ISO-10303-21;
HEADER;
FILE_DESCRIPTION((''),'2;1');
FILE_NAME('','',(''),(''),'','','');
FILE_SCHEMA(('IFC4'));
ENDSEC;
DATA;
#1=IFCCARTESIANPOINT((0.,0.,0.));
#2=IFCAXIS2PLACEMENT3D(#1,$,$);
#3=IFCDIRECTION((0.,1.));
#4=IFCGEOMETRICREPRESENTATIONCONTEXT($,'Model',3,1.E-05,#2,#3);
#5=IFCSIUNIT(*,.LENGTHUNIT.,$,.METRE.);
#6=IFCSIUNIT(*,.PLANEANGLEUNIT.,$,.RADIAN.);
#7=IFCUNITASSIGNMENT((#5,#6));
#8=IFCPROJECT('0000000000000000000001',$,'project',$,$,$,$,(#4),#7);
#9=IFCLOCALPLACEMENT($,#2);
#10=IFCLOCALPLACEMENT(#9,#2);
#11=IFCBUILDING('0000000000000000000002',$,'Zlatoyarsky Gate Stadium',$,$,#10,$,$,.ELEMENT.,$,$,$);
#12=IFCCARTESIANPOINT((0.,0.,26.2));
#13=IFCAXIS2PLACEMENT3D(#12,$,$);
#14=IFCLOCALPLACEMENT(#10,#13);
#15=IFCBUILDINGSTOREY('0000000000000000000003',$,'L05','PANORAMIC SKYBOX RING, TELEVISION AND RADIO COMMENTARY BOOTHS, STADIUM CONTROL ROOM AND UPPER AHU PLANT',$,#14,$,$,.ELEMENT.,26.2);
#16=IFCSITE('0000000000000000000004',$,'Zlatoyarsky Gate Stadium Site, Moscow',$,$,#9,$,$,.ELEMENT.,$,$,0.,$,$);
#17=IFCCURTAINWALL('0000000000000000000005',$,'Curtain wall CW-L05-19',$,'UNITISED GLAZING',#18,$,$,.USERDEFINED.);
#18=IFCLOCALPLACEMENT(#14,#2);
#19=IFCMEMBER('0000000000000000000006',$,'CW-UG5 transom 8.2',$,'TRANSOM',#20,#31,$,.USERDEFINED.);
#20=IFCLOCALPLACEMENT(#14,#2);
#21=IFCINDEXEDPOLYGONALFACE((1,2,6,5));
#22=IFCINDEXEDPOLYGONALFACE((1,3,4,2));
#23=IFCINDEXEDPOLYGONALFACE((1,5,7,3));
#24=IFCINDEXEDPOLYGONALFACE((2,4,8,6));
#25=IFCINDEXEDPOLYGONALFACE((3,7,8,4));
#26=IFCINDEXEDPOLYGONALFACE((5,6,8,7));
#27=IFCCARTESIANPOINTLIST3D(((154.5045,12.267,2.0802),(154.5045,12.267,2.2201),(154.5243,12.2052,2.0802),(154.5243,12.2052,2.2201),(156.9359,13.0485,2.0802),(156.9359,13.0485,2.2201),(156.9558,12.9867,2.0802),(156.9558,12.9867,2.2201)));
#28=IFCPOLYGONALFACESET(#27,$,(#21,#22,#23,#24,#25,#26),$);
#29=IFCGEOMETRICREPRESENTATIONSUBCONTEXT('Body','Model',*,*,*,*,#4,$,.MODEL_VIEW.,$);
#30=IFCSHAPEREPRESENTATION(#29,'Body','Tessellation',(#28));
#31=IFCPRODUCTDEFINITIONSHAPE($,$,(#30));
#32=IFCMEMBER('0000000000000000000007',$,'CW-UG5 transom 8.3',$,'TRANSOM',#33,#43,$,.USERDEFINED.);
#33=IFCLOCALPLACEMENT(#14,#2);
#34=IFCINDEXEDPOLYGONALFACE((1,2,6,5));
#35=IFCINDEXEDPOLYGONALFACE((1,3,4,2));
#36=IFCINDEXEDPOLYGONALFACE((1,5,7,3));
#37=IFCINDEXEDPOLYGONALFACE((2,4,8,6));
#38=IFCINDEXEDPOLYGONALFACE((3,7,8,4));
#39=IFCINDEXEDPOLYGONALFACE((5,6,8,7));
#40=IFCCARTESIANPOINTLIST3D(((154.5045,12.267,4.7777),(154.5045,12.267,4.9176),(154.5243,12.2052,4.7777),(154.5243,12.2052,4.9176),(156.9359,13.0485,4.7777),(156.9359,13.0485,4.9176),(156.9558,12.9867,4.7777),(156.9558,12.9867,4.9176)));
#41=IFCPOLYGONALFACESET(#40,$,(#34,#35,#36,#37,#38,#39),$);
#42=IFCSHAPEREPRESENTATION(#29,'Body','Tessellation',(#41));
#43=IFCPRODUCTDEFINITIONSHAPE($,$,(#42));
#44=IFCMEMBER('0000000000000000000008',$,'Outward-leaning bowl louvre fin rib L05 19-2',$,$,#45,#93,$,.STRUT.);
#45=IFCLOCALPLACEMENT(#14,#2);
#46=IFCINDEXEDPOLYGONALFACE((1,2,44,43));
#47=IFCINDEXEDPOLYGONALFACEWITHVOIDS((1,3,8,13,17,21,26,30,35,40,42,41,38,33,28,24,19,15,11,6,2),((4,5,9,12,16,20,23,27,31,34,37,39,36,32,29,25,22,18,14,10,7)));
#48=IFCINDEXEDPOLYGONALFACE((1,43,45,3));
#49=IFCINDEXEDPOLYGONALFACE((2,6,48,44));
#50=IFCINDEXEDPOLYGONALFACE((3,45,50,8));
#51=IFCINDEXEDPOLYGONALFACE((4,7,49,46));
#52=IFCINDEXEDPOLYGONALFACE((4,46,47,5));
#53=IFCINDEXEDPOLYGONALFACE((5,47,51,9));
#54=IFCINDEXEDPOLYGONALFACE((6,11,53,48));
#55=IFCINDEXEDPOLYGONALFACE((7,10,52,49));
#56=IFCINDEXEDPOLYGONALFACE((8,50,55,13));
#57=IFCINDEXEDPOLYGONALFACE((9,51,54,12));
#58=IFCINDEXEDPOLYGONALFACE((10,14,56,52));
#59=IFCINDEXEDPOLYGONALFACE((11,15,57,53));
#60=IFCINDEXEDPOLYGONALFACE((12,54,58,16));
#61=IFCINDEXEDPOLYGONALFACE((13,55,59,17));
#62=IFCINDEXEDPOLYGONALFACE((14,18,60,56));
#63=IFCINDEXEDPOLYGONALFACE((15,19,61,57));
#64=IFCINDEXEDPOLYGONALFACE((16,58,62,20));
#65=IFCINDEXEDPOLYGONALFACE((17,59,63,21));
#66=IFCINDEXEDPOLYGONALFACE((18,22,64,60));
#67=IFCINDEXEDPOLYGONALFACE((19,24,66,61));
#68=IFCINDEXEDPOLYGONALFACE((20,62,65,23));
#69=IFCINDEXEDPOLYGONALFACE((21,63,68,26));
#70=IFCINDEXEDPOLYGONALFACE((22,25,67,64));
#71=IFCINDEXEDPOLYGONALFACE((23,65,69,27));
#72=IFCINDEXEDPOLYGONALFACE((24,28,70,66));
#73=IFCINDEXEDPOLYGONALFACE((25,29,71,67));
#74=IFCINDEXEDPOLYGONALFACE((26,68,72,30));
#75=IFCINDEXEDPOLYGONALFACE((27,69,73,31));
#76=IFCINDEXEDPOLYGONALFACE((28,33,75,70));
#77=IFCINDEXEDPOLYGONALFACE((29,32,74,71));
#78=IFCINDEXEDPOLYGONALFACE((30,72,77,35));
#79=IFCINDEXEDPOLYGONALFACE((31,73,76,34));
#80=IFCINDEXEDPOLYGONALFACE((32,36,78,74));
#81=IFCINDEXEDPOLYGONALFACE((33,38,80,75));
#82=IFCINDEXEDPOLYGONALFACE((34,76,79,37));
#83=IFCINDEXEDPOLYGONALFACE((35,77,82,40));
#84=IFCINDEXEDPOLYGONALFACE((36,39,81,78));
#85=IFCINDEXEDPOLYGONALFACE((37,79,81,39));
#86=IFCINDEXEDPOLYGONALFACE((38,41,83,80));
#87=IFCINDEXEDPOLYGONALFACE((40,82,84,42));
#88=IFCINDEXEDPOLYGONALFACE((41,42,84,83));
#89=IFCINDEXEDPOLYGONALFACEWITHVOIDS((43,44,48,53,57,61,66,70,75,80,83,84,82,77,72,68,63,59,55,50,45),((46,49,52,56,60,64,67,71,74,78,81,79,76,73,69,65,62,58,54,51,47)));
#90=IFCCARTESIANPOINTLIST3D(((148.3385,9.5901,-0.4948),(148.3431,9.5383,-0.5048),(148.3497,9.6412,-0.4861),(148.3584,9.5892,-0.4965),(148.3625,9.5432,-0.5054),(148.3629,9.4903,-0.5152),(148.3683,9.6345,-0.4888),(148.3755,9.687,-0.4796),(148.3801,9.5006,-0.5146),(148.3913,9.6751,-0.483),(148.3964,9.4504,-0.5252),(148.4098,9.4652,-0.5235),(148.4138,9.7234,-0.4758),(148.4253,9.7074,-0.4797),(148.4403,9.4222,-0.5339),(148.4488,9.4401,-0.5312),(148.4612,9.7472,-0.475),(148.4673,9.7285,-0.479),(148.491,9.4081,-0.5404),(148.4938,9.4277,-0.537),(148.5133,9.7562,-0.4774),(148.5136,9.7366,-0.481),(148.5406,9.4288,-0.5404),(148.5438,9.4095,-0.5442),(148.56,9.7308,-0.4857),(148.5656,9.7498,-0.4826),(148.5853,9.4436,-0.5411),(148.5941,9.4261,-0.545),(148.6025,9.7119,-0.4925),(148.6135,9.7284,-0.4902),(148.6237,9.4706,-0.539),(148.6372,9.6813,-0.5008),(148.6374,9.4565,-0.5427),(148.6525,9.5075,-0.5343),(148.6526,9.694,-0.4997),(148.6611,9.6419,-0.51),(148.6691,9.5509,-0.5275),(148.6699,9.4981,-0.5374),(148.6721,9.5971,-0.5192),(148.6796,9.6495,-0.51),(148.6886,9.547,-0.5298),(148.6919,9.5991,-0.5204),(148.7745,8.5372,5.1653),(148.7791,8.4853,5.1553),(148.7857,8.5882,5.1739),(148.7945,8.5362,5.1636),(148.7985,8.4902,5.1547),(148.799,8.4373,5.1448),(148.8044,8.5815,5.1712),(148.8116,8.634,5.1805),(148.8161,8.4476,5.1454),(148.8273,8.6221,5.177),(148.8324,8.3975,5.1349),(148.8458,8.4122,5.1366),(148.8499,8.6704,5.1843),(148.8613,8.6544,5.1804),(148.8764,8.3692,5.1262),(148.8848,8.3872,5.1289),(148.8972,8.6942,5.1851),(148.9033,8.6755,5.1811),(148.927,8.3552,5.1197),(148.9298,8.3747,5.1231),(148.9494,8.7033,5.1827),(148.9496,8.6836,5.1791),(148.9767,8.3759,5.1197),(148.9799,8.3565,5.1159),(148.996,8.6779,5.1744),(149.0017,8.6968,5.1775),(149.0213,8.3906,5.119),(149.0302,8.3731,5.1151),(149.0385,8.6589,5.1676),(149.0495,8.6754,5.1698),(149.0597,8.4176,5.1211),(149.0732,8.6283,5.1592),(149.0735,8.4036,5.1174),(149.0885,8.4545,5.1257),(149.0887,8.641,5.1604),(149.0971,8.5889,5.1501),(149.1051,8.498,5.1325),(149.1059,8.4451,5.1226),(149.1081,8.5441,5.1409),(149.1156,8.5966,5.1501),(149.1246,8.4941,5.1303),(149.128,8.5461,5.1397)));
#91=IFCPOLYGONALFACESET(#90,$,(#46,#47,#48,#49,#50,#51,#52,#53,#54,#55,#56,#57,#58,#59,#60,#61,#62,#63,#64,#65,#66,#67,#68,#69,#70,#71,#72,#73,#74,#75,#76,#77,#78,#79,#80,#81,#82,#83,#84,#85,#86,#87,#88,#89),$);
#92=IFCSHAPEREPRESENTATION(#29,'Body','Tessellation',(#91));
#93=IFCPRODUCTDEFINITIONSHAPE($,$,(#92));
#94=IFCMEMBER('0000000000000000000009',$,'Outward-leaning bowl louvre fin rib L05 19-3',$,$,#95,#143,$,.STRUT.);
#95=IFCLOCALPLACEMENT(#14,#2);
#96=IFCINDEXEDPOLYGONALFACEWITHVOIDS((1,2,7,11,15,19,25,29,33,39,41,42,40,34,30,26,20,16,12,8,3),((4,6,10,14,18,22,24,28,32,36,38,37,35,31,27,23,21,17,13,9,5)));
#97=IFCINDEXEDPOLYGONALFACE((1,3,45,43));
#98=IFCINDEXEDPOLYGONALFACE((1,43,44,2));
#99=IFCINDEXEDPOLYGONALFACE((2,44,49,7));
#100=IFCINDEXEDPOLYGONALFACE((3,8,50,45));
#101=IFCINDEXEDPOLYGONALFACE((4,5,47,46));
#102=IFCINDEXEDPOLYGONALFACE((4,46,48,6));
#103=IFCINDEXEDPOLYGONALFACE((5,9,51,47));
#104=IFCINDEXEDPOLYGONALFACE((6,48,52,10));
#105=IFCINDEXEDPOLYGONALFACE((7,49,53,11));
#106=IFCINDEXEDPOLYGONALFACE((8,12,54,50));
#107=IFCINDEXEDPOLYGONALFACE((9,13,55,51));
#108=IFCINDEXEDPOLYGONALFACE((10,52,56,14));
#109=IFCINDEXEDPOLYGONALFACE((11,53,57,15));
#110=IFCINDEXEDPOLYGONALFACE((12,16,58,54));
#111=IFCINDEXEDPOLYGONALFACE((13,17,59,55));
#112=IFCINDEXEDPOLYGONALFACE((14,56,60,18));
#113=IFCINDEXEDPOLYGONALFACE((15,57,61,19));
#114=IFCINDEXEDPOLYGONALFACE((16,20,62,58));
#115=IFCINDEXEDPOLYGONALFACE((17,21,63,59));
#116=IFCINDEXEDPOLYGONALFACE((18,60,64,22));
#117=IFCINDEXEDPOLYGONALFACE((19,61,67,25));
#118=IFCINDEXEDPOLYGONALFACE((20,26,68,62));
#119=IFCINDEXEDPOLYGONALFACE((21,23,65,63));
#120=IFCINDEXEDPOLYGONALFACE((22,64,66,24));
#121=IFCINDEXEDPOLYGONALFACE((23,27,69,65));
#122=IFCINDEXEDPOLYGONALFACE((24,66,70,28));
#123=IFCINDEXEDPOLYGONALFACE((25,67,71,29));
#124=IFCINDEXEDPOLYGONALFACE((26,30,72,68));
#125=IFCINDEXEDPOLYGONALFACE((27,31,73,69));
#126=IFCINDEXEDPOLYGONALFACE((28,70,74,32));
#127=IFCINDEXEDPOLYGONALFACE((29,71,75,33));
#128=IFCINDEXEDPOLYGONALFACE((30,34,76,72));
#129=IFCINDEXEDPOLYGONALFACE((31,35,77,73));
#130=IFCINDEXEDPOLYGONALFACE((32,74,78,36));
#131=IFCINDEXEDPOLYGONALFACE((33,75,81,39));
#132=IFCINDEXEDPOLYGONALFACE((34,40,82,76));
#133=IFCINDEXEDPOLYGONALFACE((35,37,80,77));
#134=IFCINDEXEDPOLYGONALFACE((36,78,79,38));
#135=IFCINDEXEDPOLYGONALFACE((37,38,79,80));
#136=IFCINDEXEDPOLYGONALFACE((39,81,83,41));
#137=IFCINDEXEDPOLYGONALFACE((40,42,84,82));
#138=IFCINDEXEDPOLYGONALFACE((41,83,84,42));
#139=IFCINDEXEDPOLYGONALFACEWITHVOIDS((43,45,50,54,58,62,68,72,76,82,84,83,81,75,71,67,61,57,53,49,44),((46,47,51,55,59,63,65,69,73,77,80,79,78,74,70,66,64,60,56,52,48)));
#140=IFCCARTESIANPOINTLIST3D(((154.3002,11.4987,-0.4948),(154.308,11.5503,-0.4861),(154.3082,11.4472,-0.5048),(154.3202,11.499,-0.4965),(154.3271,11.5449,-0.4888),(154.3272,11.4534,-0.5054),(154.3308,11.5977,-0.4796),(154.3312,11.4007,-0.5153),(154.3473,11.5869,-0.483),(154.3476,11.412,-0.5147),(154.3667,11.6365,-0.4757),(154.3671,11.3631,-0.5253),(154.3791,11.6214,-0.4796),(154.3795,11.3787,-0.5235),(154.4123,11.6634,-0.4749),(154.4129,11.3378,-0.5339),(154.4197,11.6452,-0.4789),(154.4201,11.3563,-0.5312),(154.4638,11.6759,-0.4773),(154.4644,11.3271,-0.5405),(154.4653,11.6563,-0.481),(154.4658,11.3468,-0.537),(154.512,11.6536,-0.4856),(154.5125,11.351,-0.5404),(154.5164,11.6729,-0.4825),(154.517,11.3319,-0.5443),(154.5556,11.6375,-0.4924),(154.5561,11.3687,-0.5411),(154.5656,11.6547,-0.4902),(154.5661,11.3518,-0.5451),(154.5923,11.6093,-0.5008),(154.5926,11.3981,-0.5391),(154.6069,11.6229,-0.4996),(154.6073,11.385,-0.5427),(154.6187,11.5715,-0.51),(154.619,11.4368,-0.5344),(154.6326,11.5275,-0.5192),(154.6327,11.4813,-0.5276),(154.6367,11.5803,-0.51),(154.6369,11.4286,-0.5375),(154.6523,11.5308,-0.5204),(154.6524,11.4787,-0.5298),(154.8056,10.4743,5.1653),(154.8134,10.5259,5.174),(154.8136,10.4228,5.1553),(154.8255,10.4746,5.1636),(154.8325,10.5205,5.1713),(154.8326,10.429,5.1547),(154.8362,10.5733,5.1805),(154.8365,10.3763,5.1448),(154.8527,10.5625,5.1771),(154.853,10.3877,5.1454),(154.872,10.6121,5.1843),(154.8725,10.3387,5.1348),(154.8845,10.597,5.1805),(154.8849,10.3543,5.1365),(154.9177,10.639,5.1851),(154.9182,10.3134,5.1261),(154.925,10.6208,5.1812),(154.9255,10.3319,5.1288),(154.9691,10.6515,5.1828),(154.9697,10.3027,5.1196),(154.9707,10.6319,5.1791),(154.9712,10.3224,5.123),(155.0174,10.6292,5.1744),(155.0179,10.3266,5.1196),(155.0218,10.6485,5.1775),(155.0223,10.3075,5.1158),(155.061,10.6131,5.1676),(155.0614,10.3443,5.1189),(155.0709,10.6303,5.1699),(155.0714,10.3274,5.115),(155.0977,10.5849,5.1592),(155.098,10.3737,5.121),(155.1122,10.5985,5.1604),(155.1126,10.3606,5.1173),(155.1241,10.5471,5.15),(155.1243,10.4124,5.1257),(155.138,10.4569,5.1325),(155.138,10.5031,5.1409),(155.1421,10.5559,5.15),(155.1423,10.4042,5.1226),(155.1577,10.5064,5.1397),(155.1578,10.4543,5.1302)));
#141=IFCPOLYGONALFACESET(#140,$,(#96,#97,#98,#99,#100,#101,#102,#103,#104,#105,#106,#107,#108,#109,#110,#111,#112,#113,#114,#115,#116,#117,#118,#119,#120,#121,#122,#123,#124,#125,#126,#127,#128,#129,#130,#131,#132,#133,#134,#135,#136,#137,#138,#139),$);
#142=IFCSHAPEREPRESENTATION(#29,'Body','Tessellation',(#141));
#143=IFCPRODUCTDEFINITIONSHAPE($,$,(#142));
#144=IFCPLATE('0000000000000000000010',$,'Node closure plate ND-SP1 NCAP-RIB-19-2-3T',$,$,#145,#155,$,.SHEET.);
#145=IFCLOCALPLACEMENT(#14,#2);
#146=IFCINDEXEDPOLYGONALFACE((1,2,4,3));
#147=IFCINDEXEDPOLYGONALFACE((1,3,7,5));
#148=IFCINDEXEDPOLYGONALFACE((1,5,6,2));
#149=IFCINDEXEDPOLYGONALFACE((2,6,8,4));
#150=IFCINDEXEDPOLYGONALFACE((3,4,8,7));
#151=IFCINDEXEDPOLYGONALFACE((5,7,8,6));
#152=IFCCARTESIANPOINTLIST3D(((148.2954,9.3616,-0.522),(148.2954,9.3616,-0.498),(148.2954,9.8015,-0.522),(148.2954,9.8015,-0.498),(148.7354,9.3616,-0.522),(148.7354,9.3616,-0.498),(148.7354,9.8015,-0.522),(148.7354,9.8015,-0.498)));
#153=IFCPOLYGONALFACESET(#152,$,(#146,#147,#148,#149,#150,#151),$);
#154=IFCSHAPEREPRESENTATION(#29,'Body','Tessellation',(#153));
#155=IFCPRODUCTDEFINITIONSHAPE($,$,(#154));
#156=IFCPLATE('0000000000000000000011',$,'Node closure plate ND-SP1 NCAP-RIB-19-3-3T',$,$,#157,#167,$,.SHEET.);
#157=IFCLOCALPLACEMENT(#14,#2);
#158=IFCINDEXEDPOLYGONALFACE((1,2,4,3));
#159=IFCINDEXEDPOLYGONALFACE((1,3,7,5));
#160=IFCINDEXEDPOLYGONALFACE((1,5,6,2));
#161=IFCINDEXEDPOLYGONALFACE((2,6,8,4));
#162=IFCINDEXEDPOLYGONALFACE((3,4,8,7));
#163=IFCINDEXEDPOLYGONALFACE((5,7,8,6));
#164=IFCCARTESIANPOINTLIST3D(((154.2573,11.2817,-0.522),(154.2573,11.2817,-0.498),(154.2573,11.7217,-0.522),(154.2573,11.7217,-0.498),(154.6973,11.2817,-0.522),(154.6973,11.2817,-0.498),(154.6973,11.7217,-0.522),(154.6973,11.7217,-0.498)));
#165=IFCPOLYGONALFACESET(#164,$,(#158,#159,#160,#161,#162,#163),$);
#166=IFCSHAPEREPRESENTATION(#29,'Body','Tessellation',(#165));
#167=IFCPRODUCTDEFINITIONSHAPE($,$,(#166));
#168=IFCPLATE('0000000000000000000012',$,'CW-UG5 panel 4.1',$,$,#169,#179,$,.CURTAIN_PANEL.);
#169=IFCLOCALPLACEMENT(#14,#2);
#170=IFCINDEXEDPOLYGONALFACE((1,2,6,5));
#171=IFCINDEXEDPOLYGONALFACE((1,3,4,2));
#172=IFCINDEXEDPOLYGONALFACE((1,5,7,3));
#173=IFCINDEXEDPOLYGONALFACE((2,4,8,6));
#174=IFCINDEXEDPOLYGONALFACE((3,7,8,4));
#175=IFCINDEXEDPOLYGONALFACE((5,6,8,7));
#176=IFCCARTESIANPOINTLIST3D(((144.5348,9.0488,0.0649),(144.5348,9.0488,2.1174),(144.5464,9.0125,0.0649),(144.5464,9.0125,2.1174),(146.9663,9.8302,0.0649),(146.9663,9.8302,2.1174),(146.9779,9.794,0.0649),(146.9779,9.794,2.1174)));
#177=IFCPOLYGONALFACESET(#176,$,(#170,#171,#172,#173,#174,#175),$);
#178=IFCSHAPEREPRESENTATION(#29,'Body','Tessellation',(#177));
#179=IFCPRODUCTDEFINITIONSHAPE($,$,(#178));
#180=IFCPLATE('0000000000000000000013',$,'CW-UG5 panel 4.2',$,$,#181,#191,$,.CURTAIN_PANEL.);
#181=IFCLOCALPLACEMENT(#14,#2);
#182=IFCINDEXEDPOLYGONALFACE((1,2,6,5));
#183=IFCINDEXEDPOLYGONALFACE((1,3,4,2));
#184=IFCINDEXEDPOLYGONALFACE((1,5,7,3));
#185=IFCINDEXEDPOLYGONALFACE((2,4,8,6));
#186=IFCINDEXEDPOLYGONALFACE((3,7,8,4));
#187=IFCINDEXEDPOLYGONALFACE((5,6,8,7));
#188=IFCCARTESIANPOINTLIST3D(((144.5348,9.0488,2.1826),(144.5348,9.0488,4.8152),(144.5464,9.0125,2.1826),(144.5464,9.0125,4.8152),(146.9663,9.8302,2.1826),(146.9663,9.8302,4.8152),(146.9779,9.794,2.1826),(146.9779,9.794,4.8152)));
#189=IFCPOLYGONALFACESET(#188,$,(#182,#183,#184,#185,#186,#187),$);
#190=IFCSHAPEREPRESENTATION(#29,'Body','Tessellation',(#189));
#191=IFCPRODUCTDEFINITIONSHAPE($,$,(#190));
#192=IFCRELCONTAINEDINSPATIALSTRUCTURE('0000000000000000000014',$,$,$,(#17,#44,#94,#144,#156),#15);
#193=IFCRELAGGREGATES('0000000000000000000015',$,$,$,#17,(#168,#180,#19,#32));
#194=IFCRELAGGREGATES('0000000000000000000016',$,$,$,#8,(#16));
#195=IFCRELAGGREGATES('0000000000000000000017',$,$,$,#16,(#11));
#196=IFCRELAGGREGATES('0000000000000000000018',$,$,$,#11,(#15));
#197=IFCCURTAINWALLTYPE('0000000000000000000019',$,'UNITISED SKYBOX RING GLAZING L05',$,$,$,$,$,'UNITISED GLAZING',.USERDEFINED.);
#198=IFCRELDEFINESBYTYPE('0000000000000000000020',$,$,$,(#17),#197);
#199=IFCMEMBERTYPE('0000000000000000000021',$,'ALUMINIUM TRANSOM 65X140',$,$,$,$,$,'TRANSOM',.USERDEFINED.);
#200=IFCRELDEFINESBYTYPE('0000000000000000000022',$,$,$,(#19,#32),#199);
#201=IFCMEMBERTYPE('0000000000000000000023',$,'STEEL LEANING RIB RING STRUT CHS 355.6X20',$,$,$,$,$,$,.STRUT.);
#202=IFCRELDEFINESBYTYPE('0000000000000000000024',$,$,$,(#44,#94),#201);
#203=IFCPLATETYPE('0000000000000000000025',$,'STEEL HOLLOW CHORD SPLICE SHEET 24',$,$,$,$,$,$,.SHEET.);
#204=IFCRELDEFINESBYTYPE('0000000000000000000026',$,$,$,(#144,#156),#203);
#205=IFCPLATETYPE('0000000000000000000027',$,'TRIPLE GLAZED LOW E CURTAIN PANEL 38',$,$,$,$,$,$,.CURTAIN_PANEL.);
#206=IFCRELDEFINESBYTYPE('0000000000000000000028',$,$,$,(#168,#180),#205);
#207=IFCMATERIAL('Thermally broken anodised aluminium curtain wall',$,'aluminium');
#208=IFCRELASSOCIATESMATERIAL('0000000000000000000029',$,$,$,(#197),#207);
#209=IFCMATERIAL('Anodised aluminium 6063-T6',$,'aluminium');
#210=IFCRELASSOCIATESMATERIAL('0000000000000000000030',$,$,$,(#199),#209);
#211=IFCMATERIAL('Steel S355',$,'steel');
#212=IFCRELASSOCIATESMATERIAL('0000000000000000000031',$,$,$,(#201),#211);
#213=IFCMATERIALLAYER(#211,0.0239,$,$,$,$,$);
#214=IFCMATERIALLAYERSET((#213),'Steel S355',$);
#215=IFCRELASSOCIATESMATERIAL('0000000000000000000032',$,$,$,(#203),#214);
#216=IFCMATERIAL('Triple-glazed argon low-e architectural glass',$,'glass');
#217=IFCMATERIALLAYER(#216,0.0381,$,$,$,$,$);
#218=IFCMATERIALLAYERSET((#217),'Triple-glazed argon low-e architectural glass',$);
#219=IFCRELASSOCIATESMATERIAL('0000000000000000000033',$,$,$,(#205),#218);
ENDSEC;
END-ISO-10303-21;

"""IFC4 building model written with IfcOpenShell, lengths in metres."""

from ifc_helpers import new_model, si_unit, direction, frame, origin, origin_2d, place, context, subcontext, project, spatial, rectangle, hollow_circle, extrude, material, layer, layer_set, material_profile, profile_set, type_object, element, aggregate, save


model = new_model("IFC4")

# Units and contexts
model_context = context("Model", 3, precision=1e-05, world=origin(), true_north=direction((0.0, 1.0)))
body_context = subcontext(model_context, "Body", "Model", "MODEL_VIEW")
ifc_project = project(units=[si_unit("LENGTHUNIT", "METRE"), si_unit("PLANEANGLEUNIT", "RADIAN")], contexts=[model_context])

# Site, building, storey
site_placement = place(None, origin())
site = spatial("IfcSite", under=ifc_project, at=site_placement, Name="Zlatoyarsky Gate Stadium Site, Moscow", CompositionType="ELEMENT", RefElevation=0.0)
building_placement = place(site_placement, origin())
building = spatial("IfcBuilding", under=site, at=building_placement, Name="Zlatoyarsky Gate Stadium", CompositionType="ELEMENT")
storey_placement = place(building_placement, frame((0.0, 0.0, 26.2)))
storey = spatial("IfcBuildingStorey", under=building, at=storey_placement, Name="L05", Description="PANORAMIC SKYBOX RING, TELEVISION AND RADIO COMMENTARY BOOTHS, STADIUM CONTROL ROOM AND UPPER AHU PLANT", CompositionType="ELEMENT", Elevation=26.2)

# Curtain wall, members
ifc_material_1 = material(Name="Thermally broken anodised aluminium curtain wall", Category="aluminium")
curtain_wall_type = type_object("IfcCurtainWallType", Name="UNITISED SKYBOX RING GLAZING L05", ElementType="UNITISED GLAZING", PredefinedType="USERDEFINED", material=ifc_material_1)
curtain_wall_placement = place(storey_placement, origin())
curtain_wall = element("IfcCurtainWall", 1, at=curtain_wall_placement, inside=storey, type_object=curtain_wall_type, Name="Curtain wall CW-L05-19", ObjectType="UNITISED GLAZING", PredefinedType="USERDEFINED")
ifc_material_2 = material(Name="Anodised aluminium 6063-T6", Category="aluminium")
ifc_material_profile_1 = material_profile(ifc_material_2, rectangle(XDim=0.0649, YDim=0.1399, at=origin_2d()), Name="ALU 65X140")
ifc_profile_set_1 = profile_set([ifc_material_profile_1], Name="Anodised aluminium 6063-T6")
member_type_1 = type_object("IfcMemberType", Name="ALUMINIUM TRANSOM 65X140", ElementType="TRANSOM", PredefinedType="USERDEFINED", material=ifc_profile_set_1)
member_1_placement = place(storey_placement, frame((154.5144, 12.2361, 2.1501), z_axis=(0.952032, 0.306, 0.0), x_axis=(-0.306, 0.952032, 0.0)))
member_1 = element("IfcMember", 2, at=member_1_placement, type_object=member_type_1, Name="CW-UG5 transom 8.2", ObjectType="TRANSOM", PredefinedType="USERDEFINED", context=body_context, shape_type="SweptSolid", body=[
    extrude(rectangle(XDim=0.0649, YDim=0.1399, at=origin_2d()), origin(), (0.0, 0.0, 1.0), 2.554),
])
member_2_placement = place(storey_placement, frame((154.5144, 12.2361, 4.8477), z_axis=(0.952032, 0.306, 0.0), x_axis=(-0.306, 0.952032, 0.0)))
member_2 = element("IfcMember", 3, at=member_2_placement, type_object=member_type_1, Name="CW-UG5 transom 8.3", ObjectType="TRANSOM", PredefinedType="USERDEFINED", context=body_context, shape_type="SweptSolid", body=[
    extrude(rectangle(XDim=0.0649, YDim=0.1399, at=origin_2d()), origin(), (0.0, 0.0, 1.0), 2.554),
])

# Members
ifc_material_3 = material(Name="Steel S355", Category="steel")
ifc_material_profile_2 = material_profile(ifc_material_3, hollow_circle(Radius=0.1777, WallThickness=0.02, at=origin_2d()), Name="CHS 355.6X20")
ifc_profile_set_2 = profile_set([ifc_material_profile_2], Name="Steel S355")
member_type_2 = type_object("IfcMemberType", Name="STEEL LEANING RIB RING STRUT CHS 355.6X20", PredefinedType="STRUT", material=ifc_profile_set_2)
member_3_placement = place(storey_placement, frame((148.5154, 9.5815, -0.51), z_axis=(0.07552, -0.182373, 0.980325), x_axis=(0.923918, 0.382591, 0.0)))
element("IfcMember", 4, at=member_3_placement, inside=storey, type_object=member_type_2, Name="Outward-leaning bowl louvre fin rib L05 19-2", PredefinedType="STRUT", context=body_context, shape_type="SweptSolid", body=[
    extrude(hollow_circle(Radius=0.1777, WallThickness=0.02, at=origin_2d()), origin(), (0.0, 0.0, 1.0), 5.7737),
])
member_4_placement = place(storey_placement, frame((154.4773, 11.5017, -0.51), z_axis=(0.087521, -0.17741, 0.980238), x_axis=(0.896808, 0.44242, 0.0)))
element("IfcMember", 5, at=member_4_placement, inside=storey, type_object=member_type_2, Name="Outward-leaning bowl louvre fin rib L05 19-3", PredefinedType="STRUT", context=body_context, shape_type="SweptSolid", body=[
    extrude(hollow_circle(Radius=0.1777, WallThickness=0.02, at=origin_2d()), origin(), (0.0, 0.0, 1.0), 5.7742),
])

# Plates
ifc_layer_1 = layer(ifc_material_3, 0.0239)
ifc_layer_set_1 = layer_set([ifc_layer_1], Name="Steel S355")
plate_type_1 = type_object("IfcPlateType", Name="STEEL HOLLOW CHORD SPLICE SHEET 24", PredefinedType="SHEET", material=ifc_layer_set_1)
for number, where, z_axis, x_axis, name in (
    (6, (148.5154, 9.5815, -0.522), (0.0, 0.0, 1.0), (1.0, 0.0, 0.0), "Node closure plate ND-SP1 NCAP-RIB-19-2-3T"),
    (7, (154.4773, 11.5017, -0.522), (0.0, 0.0, 1.0), (1.0, 0.0, 0.0), "Node closure plate ND-SP1 NCAP-RIB-19-3-3T"),
):
    element("IfcPlate", number, at=place(storey_placement, frame(where, z_axis=z_axis, x_axis=x_axis)), inside=storey, type_object=plate_type_1, Name=name, PredefinedType="SHEET", context=body_context, shape_type="SweptSolid", body=[
        extrude(rectangle(XDim=0.4399, YDim=0.4399, at=origin_2d()), origin(), (0.0, 0.0, 1.0), 0.0239),
    ])

# Plates
ifc_material_4 = material(Name="Triple-glazed argon low-e architectural glass", Category="glass")
ifc_layer_2 = layer(ifc_material_4, 0.0381)
ifc_layer_set_2 = layer_set([ifc_layer_2], Name="Triple-glazed argon low-e architectural glass")
plate_type_2 = type_object("IfcPlateType", Name="TRIPLE GLAZED LOW E CURTAIN PANEL 38", PredefinedType="CURTAIN_PANEL", material=ifc_layer_set_2)
plate_1_placement = place(storey_placement, frame((145.7563, 9.4214, 0.0649), z_axis=(0.0, 0.0, 1.0), x_axis=(0.952039, 0.305978, 0.0)))
plate_1 = element("IfcPlate", 8, at=plate_1_placement, type_object=plate_type_2, Name="CW-UG5 panel 4.1", PredefinedType="CURTAIN_PANEL", context=body_context, shape_type="SweptSolid", body=[
    extrude(rectangle(XDim=2.554, YDim=0.0381, at=origin_2d()), origin(), (0.0, 0.0, 1.0), 2.0525),
])
plate_2_placement = place(storey_placement, frame((145.7563, 9.4214, 2.1826), z_axis=(0.0, 0.0, 1.0), x_axis=(0.952039, 0.305978, 0.0)))
plate_2 = element("IfcPlate", 9, at=plate_2_placement, type_object=plate_type_2, Name="CW-UG5 panel 4.2", PredefinedType="CURTAIN_PANEL", context=body_context, shape_type="SweptSolid", body=[
    extrude(rectangle(XDim=2.554, YDim=0.0381, at=origin_2d()), origin(), (0.0, 0.0, 1.0), 2.6326),
])
aggregate(curtain_wall, [plate_1, plate_2, member_1, member_2])

save(model, "model.ifc")
